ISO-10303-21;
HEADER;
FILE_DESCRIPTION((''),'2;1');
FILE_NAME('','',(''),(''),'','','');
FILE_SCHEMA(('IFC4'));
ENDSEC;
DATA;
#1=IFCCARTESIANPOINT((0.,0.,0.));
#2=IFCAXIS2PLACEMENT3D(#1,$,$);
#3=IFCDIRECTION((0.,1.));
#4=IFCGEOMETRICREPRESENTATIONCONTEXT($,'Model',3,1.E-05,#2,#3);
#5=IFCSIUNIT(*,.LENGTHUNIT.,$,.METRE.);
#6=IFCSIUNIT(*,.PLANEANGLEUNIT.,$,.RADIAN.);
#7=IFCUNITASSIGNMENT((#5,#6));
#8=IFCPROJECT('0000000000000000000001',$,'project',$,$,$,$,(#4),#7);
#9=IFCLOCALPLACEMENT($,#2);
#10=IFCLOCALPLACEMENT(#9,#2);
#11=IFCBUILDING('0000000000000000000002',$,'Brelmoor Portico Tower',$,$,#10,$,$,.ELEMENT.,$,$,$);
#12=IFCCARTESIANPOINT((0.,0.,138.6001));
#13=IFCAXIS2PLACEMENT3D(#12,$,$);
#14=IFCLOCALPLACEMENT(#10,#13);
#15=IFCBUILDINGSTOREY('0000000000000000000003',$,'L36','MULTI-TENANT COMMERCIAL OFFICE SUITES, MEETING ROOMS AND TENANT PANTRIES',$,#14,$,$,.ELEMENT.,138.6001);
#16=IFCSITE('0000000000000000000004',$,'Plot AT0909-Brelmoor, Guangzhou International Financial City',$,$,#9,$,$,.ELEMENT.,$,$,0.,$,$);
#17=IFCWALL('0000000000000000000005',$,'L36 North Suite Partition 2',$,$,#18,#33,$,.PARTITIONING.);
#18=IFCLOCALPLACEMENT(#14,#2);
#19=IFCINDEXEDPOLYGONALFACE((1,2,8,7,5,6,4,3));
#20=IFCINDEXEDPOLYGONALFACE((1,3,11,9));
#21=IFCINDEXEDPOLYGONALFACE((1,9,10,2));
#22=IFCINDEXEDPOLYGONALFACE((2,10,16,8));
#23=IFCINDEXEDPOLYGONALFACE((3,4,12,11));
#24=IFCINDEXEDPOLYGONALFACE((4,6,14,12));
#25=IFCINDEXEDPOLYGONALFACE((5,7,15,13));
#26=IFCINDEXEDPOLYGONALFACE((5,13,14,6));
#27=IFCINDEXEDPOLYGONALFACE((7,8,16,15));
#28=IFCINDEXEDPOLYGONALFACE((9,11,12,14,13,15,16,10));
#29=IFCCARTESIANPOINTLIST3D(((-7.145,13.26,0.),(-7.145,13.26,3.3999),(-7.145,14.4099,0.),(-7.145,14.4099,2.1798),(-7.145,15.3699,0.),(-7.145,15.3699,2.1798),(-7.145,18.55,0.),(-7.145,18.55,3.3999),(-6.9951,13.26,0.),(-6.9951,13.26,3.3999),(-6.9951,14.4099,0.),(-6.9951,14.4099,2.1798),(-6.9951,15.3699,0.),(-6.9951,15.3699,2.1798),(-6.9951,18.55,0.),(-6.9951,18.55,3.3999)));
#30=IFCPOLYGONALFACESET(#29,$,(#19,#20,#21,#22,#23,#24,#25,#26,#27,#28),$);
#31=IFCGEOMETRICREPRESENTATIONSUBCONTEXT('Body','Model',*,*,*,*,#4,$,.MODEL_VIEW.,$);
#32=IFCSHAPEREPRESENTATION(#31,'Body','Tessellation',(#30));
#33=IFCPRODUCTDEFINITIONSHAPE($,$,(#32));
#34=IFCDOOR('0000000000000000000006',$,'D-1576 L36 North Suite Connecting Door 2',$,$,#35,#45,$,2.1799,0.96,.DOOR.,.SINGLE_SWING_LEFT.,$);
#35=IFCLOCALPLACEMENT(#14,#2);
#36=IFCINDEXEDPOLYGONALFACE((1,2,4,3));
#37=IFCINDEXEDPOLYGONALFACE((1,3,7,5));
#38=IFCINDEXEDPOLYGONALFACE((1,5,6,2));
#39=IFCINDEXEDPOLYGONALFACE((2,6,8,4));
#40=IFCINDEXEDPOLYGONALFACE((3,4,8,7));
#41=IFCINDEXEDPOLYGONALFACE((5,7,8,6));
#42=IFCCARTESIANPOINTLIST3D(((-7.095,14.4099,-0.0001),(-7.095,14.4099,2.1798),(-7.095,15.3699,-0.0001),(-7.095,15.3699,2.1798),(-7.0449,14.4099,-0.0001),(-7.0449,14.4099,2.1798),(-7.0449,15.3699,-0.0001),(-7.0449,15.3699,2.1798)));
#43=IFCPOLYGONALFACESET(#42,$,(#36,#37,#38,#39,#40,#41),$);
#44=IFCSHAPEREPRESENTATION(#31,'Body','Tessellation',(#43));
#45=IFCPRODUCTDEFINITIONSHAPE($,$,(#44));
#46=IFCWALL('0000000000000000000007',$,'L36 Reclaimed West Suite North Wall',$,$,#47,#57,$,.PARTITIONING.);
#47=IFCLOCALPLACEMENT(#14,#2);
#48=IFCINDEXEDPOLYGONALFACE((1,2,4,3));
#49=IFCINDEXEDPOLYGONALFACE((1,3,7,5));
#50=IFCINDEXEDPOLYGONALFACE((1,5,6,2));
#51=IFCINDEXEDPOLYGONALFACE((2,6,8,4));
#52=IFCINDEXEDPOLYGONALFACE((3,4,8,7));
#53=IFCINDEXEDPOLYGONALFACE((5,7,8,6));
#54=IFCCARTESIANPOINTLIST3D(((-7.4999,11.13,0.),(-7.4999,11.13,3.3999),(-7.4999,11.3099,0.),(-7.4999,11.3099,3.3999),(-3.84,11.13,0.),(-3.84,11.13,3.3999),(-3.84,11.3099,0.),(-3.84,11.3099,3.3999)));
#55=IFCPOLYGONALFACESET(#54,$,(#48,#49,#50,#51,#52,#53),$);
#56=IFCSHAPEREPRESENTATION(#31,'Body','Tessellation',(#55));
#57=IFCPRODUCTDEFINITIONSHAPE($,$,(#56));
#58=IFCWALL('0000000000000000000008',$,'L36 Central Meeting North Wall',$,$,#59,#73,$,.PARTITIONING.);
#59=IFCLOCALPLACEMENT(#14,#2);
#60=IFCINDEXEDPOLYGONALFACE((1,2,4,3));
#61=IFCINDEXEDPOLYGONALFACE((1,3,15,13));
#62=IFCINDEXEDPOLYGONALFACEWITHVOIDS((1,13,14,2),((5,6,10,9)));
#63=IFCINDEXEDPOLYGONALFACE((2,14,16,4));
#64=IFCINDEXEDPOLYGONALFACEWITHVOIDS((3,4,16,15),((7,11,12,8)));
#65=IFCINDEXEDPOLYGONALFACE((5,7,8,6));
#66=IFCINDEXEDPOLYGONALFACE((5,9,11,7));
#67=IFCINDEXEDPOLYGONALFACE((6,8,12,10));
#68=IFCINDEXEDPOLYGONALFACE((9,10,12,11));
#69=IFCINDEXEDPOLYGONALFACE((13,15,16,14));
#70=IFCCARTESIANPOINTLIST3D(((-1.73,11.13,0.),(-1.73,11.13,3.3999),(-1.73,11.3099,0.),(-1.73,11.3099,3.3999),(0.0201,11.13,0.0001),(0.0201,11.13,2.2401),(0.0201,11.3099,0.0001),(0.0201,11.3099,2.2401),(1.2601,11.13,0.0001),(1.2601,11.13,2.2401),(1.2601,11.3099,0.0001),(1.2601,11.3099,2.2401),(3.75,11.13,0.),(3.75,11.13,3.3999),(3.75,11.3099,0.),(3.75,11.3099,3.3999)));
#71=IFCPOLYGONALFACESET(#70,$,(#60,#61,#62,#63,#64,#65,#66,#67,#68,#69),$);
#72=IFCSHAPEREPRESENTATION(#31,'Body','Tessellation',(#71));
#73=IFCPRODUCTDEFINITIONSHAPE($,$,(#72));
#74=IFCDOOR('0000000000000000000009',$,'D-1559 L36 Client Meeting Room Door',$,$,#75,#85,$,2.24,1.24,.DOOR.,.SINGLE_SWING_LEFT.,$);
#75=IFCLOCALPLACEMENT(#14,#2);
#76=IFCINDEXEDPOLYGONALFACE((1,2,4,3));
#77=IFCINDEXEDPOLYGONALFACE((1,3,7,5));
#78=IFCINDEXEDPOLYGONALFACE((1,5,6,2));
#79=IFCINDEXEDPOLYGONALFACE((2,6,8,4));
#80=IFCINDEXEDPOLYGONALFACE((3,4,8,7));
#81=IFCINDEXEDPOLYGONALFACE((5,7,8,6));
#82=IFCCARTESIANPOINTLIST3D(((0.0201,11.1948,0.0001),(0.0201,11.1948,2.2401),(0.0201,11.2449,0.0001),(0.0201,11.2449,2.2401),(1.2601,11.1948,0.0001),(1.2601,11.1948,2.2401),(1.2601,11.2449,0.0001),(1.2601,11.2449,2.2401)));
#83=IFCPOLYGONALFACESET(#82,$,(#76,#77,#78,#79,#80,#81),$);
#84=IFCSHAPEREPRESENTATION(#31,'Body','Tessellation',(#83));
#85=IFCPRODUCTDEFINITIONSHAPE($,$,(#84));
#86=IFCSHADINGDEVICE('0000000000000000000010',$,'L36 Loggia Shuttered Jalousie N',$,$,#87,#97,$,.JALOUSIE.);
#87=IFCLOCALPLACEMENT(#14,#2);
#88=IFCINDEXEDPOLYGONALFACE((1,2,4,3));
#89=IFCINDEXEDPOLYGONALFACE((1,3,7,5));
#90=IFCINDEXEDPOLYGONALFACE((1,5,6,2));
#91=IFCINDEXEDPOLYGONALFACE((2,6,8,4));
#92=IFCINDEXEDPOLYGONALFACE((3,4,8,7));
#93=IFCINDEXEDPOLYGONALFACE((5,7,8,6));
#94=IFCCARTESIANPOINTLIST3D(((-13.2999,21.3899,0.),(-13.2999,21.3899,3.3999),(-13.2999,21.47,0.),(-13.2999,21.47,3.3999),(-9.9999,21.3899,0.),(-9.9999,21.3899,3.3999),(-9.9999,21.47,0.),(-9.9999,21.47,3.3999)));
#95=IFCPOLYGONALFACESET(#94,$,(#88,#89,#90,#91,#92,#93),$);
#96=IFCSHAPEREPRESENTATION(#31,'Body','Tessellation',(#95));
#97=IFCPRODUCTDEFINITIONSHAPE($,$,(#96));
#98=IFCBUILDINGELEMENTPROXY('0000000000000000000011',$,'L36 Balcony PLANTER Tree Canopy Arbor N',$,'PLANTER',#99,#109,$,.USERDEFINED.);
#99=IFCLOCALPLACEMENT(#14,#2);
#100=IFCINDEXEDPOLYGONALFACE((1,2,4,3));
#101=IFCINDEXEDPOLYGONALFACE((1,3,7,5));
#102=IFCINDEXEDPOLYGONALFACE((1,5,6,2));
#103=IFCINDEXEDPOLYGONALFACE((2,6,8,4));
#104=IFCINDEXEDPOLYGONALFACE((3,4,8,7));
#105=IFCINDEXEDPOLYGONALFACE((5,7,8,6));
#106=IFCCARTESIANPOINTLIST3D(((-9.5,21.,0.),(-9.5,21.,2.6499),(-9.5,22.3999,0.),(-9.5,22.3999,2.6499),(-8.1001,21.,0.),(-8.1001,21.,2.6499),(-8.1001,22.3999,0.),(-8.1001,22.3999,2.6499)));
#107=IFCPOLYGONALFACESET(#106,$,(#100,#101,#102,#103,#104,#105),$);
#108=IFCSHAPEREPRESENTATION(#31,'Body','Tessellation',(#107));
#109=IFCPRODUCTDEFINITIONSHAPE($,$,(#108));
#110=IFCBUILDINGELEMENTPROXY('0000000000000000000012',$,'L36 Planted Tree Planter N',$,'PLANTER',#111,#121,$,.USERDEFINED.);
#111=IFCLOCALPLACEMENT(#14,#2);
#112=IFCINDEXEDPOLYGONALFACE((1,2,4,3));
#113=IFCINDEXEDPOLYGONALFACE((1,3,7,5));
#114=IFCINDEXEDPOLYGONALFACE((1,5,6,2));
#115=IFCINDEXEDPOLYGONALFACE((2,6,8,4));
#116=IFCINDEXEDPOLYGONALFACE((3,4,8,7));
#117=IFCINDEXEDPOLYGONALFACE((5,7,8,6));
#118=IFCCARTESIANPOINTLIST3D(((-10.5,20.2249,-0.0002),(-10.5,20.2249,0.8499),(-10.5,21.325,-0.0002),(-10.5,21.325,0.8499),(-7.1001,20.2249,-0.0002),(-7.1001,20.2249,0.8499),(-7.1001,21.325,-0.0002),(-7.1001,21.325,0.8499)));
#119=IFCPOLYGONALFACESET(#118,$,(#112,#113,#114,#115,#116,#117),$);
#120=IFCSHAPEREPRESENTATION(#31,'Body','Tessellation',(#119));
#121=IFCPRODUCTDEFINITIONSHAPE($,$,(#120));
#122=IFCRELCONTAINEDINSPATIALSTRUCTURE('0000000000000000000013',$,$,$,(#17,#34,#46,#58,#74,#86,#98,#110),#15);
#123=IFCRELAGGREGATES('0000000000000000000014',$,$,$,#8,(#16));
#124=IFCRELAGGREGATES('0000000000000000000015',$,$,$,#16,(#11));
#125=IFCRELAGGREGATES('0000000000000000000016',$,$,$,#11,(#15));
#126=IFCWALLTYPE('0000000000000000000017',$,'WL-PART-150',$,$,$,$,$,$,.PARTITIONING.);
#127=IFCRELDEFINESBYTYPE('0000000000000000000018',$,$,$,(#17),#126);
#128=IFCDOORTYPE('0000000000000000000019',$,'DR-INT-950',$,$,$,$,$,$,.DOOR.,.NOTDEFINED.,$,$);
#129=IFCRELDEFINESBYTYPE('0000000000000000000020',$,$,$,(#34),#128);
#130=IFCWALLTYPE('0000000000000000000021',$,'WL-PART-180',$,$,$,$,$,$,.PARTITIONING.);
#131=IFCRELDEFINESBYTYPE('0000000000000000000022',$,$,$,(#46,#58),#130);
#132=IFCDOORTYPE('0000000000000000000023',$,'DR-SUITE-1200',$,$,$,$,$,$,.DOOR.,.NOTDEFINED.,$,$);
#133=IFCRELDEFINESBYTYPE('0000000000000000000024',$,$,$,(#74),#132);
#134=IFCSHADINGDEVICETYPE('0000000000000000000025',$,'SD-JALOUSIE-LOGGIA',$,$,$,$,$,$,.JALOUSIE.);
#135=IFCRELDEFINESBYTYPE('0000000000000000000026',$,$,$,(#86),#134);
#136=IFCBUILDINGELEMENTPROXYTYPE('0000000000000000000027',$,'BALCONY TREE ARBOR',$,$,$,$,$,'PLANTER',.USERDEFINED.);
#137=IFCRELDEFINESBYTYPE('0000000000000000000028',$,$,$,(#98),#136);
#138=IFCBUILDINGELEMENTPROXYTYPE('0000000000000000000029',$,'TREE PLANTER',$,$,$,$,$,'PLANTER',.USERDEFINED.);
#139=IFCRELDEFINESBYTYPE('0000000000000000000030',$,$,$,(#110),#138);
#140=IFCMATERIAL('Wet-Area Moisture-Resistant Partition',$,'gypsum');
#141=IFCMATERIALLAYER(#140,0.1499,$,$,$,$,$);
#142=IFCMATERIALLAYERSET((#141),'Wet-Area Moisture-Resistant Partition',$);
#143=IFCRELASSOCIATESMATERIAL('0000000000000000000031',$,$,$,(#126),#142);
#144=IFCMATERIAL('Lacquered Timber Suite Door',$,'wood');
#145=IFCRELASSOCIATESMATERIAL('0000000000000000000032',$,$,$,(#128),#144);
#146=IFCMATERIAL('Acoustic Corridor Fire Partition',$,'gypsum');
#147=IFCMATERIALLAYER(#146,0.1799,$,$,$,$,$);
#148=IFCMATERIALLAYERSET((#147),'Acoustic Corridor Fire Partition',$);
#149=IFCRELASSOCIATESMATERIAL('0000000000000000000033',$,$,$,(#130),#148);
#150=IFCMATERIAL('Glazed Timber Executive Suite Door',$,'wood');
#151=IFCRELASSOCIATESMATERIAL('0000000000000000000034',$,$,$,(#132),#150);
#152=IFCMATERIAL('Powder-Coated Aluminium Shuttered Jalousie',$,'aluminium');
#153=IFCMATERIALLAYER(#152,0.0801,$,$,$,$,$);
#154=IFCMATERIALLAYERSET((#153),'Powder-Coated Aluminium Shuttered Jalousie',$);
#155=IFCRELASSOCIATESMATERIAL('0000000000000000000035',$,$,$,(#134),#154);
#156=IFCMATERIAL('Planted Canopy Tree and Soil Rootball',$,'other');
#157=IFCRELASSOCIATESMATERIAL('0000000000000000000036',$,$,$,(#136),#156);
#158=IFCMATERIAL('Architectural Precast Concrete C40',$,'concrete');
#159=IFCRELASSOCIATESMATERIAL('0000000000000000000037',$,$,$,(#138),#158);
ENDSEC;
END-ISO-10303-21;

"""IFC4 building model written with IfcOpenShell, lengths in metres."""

from ifc_helpers import new_model, si_unit, direction, frame, frame_2d, origin, origin_2d, place, context, subcontext, project, spatial, rectangle, extrude, material, layer, layer_set, type_object, element, fill, save


model = new_model("IFC4")

# Units and contexts
model_context = context("Model", 3, precision=1e-05, world=origin(), true_north=direction((0.0, 1.0)))
body_context = subcontext(model_context, "Body", "Model", "MODEL_VIEW")
ifc_project = project(units=[si_unit("LENGTHUNIT", "METRE"), si_unit("PLANEANGLEUNIT", "RADIAN")], contexts=[model_context])

# Site, building, storey
site_placement = place(None, origin())
site = spatial("IfcSite", under=ifc_project, at=site_placement, Name="Plot AT0909-Brelmoor, Guangzhou International Financial City", CompositionType="ELEMENT", RefElevation=0.0)
building_placement = place(site_placement, origin())
building = spatial("IfcBuilding", under=site, at=building_placement, Name="Brelmoor Portico Tower", CompositionType="ELEMENT")
storey_placement = place(building_placement, frame((0.0, 0.0, 138.6001)))
storey = spatial("IfcBuildingStorey", under=building, at=storey_placement, Name="L36", Description="MULTI-TENANT COMMERCIAL OFFICE SUITES, MEETING ROOMS AND TENANT PANTRIES", CompositionType="ELEMENT", Elevation=138.6001)

# Wall, opening, door
ifc_material_1 = material(Name="Wet-Area Moisture-Resistant Partition", Category="gypsum")
ifc_layer_1 = layer(ifc_material_1, 0.1499)
ifc_layer_set_1 = layer_set([ifc_layer_1], Name="Wet-Area Moisture-Resistant Partition")
wall_type_1 = type_object("IfcWallType", Name="WL-PART-150", PredefinedType="PARTITIONING", material=ifc_layer_set_1)
ifc_material_2 = material(Name="Lacquered Timber Suite Door", Category="wood")
door_type_1 = type_object("IfcDoorType", Name="DR-INT-950", OperationType="NOTDEFINED", PredefinedType="DOOR", material=ifc_material_2)
wall_1_placement = place(storey_placement, frame((-7.0701, 13.26, 0.0), z_axis=(0.0, 0.0, 1.0), x_axis=(0.0, 1.0, 0.0)))
wall_1 = element("IfcWall", 1, at=wall_1_placement, inside=storey, type_object=wall_type_1, Name="L36 North Suite Partition 2", PredefinedType="PARTITIONING", context=body_context, shape_type="SweptSolid", body=[
    extrude(rectangle(XDim=5.29, YDim=0.1499, at=frame_2d((2.645, 0.0))), origin(), (0.0, 0.0, 1.0), 3.3999),
])
opening_1_placement = place(wall_1_placement, frame((1.1499, 0.0, 0.0)))
opening_1 = element("IfcOpeningElement", 2, at=opening_1_placement, cuts=wall_1, PredefinedType="OPENING", context=body_context, shape_type="SweptSolid", body=[
    extrude(rectangle(XDim=0.96, YDim=2.1799, at=frame_2d((0.48, 1.0898))), frame((0.0, 0.085, 0.0), z_axis=(0.0, -1.0, 0.0), x_axis=(1.0, 0.0, 0.0)), (0.0, 0.0, 1.0), 0.1699),
])
door_1_placement = place(opening_1_placement, origin())
door_1 = element("IfcDoor", 3, at=door_1_placement, inside=storey, type_object=door_type_1, Name="D-1576 L36 North Suite Connecting Door 2", OperationType="SINGLE_SWING_LEFT", OverallHeight=2.1799, OverallWidth=0.96, PredefinedType="DOOR", context=body_context, shape_type="SweptSolid", body=[
    extrude(rectangle(XDim=0.96, YDim=2.1799, at=frame_2d((0.48, 1.0898))), frame((0.0, 0.0249, 0.0), z_axis=(0.0, -1.0, 0.0), x_axis=(1.0, 0.0, 0.0)), (0.0, 0.0, 1.0), 0.05),
])
fill(opening_1, door_1)

# Wall
ifc_material_3 = material(Name="Acoustic Corridor Fire Partition", Category="gypsum")
ifc_layer_2 = layer(ifc_material_3, 0.1799)
ifc_layer_set_2 = layer_set([ifc_layer_2], Name="Acoustic Corridor Fire Partition")
wall_type_2 = type_object("IfcWallType", Name="WL-PART-180", PredefinedType="PARTITIONING", material=ifc_layer_set_2)
wall_2_placement = place(storey_placement, frame((-7.5, 11.22, 0.0), z_axis=(0.0, 0.0, 1.0), x_axis=(1.0, 0.0, 0.0)))
element("IfcWall", 4, at=wall_2_placement, inside=storey, type_object=wall_type_2, Name="L36 Reclaimed West Suite North Wall", PredefinedType="PARTITIONING", context=body_context, shape_type="SweptSolid", body=[
    extrude(rectangle(XDim=3.6599, YDim=0.1799, at=frame_2d((1.8301, 0.0))), origin(), (0.0, 0.0, 1.0), 3.3999),
])

# Wall, opening, door
wall_3_placement = place(storey_placement, frame((-1.73, 11.22, 0.0), z_axis=(0.0, 0.0, 1.0), x_axis=(1.0, 0.0, 0.0)))
wall_3 = element("IfcWall", 5, at=wall_3_placement, inside=storey, type_object=wall_type_2, Name="L36 Central Meeting North Wall", PredefinedType="PARTITIONING", context=body_context, shape_type="SweptSolid", body=[
    extrude(rectangle(XDim=5.48, YDim=0.1799, at=frame_2d((2.74, 0.0))), origin(), (0.0, 0.0, 1.0), 3.3999),
])
opening_2_placement = place(wall_3_placement, frame((1.75, 0.0, 0.0)))
opening_2 = element("IfcOpeningElement", 6, at=opening_2_placement, cuts=wall_3, PredefinedType="OPENING", context=body_context, shape_type="SweptSolid", body=[
    extrude(rectangle(XDim=1.24, YDim=2.24, at=frame_2d((0.6201, 1.1201))), frame((0.0, 0.0999, 0.0), z_axis=(0.0, -1.0, 0.0), x_axis=(1.0, 0.0, 0.0)), (0.0, 0.0, 1.0), 0.2),
])
ifc_material_4 = material(Name="Glazed Timber Executive Suite Door", Category="wood")
door_type_2 = type_object("IfcDoorType", Name="DR-SUITE-1200", OperationType="NOTDEFINED", PredefinedType="DOOR", material=ifc_material_4)
door_2_placement = place(opening_2_placement, origin())
door_2 = element("IfcDoor", 7, at=door_2_placement, inside=storey, type_object=door_type_2, Name="D-1559 L36 Client Meeting Room Door", OperationType="SINGLE_SWING_LEFT", OverallHeight=2.24, OverallWidth=1.24, PredefinedType="DOOR", context=body_context, shape_type="SweptSolid", body=[
    extrude(rectangle(XDim=1.24, YDim=2.24, at=frame_2d((0.6201, 1.1201))), frame((0.0, 0.0249, 0.0), z_axis=(0.0, -1.0, 0.0), x_axis=(1.0, 0.0, 0.0)), (0.0, 0.0, 1.0), 0.05),
])
fill(opening_2, door_2)

# Shading device
ifc_material_5 = material(Name="Powder-Coated Aluminium Shuttered Jalousie", Category="aluminium")
ifc_layer_3 = layer(ifc_material_5, 0.0801)
ifc_layer_set_3 = layer_set([ifc_layer_3], Name="Powder-Coated Aluminium Shuttered Jalousie")
shading_device_type = type_object("IfcShadingDeviceType", Name="SD-JALOUSIE-LOGGIA", PredefinedType="JALOUSIE", material=ifc_layer_set_3)
shading_device_placement = place(storey_placement, frame((-11.6499, 21.4299, 0.0), z_axis=(0.0, 0.0, 1.0), x_axis=(1.0, 0.0, 0.0)))
element("IfcShadingDevice", 8, at=shading_device_placement, inside=storey, type_object=shading_device_type, Name="L36 Loggia Shuttered Jalousie N", PredefinedType="JALOUSIE", context=body_context, shape_type="SweptSolid", body=[
    extrude(rectangle(XDim=3.3, YDim=0.0801, at=origin_2d()), origin(), (0.0, 0.0, 1.0), 3.3999),
])

# Building element proxies
ifc_material_6 = material(Name="Planted Canopy Tree and Soil Rootball", Category="other")
building_element_proxy_type_1 = type_object("IfcBuildingElementProxyType", Name="BALCONY TREE ARBOR", ElementType="PLANTER", PredefinedType="USERDEFINED", material=ifc_material_6)
proxy_1_placement = place(storey_placement, frame((-8.8, 21.7, 0.0), z_axis=(0.0, 0.0, 1.0), x_axis=(1.0, 0.0, 0.0)))
element("IfcBuildingElementProxy", 9, at=proxy_1_placement, inside=storey, type_object=building_element_proxy_type_1, Name="L36 Balcony PLANTER Tree Canopy Arbor N", ObjectType="PLANTER", PredefinedType="USERDEFINED", context=body_context, shape_type="SweptSolid", body=[
    extrude(rectangle(XDim=1.3999, YDim=1.3999, at=origin_2d()), origin(), (0.0, 0.0, 1.0), 2.6499),
])
ifc_material_7 = material(Name="Architectural Precast Concrete C40", Category="concrete")
building_element_proxy_type_2 = type_object("IfcBuildingElementProxyType", Name="TREE PLANTER", ElementType="PLANTER", PredefinedType="USERDEFINED", material=ifc_material_7)
proxy_2_placement = place(storey_placement, frame((-8.8, 20.7749, -0.0002), z_axis=(0.0, 0.0, 1.0), x_axis=(1.0, 0.0, 0.0)))
element("IfcBuildingElementProxy", 10, at=proxy_2_placement, inside=storey, type_object=building_element_proxy_type_2, Name="L36 Planted Tree Planter N", ObjectType="PLANTER", PredefinedType="USERDEFINED", context=body_context, shape_type="SweptSolid", body=[
    extrude(rectangle(XDim=3.3999, YDim=1.1001, at=origin_2d()), origin(), (0.0, 0.0, 1.0), 0.8501),
])

save(model, "model.ifc")
